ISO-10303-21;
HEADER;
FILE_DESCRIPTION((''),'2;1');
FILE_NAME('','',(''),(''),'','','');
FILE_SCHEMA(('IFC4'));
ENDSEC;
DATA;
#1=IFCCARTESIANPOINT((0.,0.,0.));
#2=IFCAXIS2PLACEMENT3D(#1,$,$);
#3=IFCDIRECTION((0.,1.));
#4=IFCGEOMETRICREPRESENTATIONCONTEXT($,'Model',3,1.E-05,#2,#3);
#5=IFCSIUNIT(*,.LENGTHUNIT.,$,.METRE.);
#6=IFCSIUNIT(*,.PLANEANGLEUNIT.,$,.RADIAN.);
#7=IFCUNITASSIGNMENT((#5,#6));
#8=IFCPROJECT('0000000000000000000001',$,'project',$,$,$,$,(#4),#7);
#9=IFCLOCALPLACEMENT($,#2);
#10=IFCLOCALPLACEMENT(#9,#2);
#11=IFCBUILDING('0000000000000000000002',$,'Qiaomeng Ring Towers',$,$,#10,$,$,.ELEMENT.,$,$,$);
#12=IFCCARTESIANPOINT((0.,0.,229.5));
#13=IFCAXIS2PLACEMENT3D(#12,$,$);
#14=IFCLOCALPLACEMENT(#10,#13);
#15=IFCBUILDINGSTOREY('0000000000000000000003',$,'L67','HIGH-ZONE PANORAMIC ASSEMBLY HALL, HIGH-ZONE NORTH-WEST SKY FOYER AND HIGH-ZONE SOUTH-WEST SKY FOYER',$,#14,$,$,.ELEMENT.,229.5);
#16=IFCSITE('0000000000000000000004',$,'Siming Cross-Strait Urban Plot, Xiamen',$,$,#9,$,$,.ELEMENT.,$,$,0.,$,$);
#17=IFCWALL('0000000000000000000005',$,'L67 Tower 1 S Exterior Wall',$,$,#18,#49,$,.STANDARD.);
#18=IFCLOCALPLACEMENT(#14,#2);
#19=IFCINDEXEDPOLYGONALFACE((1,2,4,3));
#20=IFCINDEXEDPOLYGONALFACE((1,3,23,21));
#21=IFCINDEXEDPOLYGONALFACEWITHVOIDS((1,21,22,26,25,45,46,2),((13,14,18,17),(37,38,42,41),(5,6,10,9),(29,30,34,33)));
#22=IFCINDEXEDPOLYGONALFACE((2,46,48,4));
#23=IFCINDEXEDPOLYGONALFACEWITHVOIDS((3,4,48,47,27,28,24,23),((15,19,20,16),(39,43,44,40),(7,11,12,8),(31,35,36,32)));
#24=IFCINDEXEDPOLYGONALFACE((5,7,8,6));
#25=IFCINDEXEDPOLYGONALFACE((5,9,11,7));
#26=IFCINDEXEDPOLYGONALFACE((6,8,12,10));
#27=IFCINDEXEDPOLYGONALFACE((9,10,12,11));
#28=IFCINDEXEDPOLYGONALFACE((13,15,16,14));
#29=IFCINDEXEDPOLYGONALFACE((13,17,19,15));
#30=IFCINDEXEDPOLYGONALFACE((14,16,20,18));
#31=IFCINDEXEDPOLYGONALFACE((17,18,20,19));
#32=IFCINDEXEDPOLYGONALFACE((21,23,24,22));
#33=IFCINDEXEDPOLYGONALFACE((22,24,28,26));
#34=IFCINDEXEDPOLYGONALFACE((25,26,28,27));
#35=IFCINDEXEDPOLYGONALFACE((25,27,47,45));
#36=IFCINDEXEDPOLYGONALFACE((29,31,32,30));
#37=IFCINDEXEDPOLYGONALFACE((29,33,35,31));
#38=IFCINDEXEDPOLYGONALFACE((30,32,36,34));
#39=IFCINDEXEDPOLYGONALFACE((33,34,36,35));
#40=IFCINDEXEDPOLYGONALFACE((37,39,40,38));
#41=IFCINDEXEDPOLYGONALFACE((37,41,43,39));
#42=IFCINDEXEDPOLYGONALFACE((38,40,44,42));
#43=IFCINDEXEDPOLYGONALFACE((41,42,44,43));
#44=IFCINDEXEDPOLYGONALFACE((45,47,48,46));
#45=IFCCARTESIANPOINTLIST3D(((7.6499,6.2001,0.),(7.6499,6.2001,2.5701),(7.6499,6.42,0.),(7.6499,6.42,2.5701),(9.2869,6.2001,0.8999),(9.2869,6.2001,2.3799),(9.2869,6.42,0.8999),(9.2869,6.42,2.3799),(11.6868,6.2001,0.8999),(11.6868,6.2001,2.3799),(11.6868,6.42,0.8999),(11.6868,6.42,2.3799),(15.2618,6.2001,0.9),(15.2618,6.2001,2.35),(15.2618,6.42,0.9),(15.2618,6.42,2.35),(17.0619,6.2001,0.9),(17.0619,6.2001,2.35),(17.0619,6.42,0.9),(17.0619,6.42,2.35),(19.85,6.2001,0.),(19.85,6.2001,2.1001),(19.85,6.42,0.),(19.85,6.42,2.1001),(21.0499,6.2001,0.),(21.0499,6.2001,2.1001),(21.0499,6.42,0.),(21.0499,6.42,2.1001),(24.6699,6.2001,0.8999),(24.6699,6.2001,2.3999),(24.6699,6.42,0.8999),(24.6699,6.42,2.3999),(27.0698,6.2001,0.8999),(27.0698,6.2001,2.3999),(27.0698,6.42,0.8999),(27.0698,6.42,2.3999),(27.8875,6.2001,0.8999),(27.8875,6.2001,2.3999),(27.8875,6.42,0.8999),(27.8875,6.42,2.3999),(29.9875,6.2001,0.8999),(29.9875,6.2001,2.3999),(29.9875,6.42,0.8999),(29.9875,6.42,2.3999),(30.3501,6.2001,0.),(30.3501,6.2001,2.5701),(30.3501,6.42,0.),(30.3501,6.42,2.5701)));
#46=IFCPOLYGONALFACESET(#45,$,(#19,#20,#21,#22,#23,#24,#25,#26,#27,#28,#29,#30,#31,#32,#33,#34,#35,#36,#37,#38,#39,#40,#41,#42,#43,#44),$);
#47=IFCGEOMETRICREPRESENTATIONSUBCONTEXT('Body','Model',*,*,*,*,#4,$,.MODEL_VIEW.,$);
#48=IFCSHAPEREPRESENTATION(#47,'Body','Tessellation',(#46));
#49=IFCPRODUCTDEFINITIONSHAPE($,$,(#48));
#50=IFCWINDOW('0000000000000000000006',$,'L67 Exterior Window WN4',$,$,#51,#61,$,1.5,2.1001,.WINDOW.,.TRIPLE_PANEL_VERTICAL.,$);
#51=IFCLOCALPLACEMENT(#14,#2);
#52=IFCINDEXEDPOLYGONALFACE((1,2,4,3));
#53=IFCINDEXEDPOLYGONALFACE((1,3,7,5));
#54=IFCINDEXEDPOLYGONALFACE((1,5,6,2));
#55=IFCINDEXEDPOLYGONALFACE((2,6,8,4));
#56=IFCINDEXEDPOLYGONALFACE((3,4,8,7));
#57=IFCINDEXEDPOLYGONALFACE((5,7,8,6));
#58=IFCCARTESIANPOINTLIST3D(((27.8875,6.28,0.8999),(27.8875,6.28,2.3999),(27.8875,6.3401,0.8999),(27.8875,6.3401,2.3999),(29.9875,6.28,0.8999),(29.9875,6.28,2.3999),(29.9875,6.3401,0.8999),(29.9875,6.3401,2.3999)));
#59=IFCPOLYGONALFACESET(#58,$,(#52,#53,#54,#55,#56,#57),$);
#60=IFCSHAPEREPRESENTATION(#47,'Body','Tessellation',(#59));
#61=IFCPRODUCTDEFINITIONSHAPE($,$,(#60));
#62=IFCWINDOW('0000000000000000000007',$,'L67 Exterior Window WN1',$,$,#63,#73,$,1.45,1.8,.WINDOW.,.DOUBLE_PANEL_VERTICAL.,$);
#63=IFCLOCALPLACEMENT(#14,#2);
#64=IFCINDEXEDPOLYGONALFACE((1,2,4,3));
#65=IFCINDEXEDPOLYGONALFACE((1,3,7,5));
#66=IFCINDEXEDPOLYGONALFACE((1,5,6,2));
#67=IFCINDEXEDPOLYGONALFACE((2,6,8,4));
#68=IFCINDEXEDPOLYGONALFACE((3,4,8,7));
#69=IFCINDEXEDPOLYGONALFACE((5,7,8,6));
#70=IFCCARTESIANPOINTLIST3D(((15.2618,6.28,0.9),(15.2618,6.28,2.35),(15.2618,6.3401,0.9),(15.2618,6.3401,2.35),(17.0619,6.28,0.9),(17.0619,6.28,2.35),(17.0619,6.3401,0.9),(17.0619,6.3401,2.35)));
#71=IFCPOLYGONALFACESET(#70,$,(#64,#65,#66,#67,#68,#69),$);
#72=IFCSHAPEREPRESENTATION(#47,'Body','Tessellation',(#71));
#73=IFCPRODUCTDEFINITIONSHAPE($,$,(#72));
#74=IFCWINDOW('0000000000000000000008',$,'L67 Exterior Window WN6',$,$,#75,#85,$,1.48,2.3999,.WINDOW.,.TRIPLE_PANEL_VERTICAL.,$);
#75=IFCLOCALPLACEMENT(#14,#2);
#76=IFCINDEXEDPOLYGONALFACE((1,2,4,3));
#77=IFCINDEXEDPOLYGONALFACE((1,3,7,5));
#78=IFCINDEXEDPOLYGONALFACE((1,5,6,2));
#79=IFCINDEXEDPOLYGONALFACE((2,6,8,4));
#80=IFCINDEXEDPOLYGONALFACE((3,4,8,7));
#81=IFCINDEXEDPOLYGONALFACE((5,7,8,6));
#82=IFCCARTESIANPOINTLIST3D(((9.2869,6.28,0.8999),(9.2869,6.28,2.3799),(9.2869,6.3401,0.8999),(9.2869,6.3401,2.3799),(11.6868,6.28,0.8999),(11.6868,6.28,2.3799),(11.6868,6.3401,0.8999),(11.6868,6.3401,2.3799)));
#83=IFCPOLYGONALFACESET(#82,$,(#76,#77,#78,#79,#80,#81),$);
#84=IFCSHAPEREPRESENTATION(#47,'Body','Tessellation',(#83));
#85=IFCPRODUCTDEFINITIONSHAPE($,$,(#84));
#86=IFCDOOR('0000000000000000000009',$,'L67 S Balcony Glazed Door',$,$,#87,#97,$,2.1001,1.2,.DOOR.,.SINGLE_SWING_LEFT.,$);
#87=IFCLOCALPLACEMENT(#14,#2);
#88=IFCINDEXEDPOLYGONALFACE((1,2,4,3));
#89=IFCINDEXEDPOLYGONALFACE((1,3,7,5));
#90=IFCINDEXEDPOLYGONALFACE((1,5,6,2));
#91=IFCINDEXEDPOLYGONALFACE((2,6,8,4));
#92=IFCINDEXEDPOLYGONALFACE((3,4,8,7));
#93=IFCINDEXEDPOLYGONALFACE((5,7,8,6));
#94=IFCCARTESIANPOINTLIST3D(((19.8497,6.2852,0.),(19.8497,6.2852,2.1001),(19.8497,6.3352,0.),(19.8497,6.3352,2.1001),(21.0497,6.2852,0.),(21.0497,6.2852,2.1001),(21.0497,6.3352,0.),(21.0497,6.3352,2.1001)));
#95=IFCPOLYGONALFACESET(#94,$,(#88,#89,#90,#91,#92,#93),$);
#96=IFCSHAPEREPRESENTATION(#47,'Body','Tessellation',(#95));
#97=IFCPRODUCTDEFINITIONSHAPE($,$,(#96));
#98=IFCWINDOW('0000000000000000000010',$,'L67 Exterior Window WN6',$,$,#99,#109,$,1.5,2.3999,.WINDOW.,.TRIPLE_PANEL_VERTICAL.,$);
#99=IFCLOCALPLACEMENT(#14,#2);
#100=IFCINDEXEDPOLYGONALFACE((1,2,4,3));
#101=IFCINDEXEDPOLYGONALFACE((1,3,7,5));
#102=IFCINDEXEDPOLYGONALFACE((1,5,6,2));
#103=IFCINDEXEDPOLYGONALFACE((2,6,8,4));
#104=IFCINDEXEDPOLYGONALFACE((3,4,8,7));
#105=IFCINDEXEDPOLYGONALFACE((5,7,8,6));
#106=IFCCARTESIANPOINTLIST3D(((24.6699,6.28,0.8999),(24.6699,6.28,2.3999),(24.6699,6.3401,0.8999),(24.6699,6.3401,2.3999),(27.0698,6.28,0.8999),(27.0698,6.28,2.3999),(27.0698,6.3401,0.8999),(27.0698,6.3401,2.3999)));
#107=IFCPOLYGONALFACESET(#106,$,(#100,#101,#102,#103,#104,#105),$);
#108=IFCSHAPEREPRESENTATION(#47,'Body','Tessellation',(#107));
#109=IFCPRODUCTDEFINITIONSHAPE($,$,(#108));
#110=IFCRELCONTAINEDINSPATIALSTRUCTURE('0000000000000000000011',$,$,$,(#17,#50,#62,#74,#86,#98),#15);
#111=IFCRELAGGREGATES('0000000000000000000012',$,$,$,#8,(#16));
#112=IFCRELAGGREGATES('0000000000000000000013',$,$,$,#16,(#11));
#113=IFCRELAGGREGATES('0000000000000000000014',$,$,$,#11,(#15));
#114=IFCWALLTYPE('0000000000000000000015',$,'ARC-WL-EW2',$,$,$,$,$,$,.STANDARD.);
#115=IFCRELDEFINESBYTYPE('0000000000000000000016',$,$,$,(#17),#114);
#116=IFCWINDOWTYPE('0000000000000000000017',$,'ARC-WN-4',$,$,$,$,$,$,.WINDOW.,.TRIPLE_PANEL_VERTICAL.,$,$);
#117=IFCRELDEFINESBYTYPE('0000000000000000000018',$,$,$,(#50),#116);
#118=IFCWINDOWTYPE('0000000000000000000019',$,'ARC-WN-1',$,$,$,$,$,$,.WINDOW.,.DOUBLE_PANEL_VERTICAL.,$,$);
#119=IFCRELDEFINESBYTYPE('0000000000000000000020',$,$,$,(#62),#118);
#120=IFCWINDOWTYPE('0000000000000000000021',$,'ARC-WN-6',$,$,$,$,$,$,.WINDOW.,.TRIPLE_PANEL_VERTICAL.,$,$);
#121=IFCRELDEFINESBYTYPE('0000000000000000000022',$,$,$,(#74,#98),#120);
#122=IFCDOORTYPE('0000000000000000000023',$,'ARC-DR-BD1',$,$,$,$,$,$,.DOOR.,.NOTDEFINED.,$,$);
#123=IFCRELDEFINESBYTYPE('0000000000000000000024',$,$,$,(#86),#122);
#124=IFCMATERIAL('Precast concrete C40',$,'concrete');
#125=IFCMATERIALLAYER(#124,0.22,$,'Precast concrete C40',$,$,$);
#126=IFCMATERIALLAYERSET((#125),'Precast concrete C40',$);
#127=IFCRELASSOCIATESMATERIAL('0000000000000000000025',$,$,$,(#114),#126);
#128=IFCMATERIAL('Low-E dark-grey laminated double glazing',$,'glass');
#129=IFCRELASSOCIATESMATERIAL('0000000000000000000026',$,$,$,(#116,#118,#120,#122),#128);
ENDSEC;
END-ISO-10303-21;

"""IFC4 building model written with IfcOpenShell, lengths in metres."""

from ifc_helpers import new_model, si_unit, direction, frame, frame_2d, origin, place, context, subcontext, project, spatial, rectangle, extrude, source, transform, mapped, material, layer, layer_set, type_object, element, fill, save


model = new_model("IFC4")

# Units and contexts
model_context = context("Model", 3, precision=1e-05, world=origin(), true_north=direction((0.0, 1.0)))
body_context = subcontext(model_context, "Body", "Model", "MODEL_VIEW")
ifc_project = project(units=[si_unit("LENGTHUNIT", "METRE"), si_unit("PLANEANGLEUNIT", "RADIAN")], contexts=[model_context])

# Site, building, storey
site_placement = place(None, origin())
site = spatial("IfcSite", under=ifc_project, at=site_placement, Name="Siming Cross-Strait Urban Plot, Xiamen", CompositionType="ELEMENT", RefElevation=0.0)
building_placement = place(site_placement, origin())
building = spatial("IfcBuilding", under=site, at=building_placement, Name="Qiaomeng Ring Towers", CompositionType="ELEMENT")
storey_placement = place(building_placement, frame((0.0, 0.0, 229.5)))
storey = spatial("IfcBuildingStorey", under=building, at=storey_placement, Name="L67", Description="HIGH-ZONE PANORAMIC ASSEMBLY HALL, HIGH-ZONE NORTH-WEST SKY FOYER AND HIGH-ZONE SOUTH-WEST SKY FOYER", CompositionType="ELEMENT", Elevation=229.5)

# Shared definitions
ifc_material_1 = material(Name="Low-E dark-grey laminated double glazing", Category="glass")

# Wall, openings, windows, door
ifc_material_2 = material(Name="Precast concrete C40", Category="concrete")
ifc_layer_1 = layer(ifc_material_2, 0.22, Name="Precast concrete C40")
ifc_layer_set_1 = layer_set([ifc_layer_1], Name="Precast concrete C40")
wall_type = type_object("IfcWallType", Name="ARC-WL-EW2", PredefinedType="STANDARD", material=ifc_layer_set_1)
wall_placement = place(storey_placement, frame((7.6499, 6.3101, 0.0), z_axis=(0.0, 0.0, 1.0), x_axis=(1.0, 0.0, 0.0)))
wall = element("IfcWall", 1, at=wall_placement, inside=storey, type_object=wall_type, Name="L67 Tower 1 S Exterior Wall", PredefinedType="STANDARD", context=body_context, shape_type="SweptSolid", body=[
    extrude(rectangle(XDim=22.7002, YDim=0.22, at=frame_2d((11.3501, 0.0))), origin(), (0.0, 0.0, 1.0), 2.5701),
])
opening_1_placement = place(wall_placement, frame((12.2, 0.0, 0.0)))
opening_1 = element("IfcOpeningElement", 2, at=opening_1_placement, cuts=wall, PredefinedType="OPENING", context=body_context, shape_type="SweptSolid", body=[
    extrude(rectangle(XDim=1.2, YDim=2.1001, at=frame_2d((0.6001, 1.05))), frame((0.0, 0.1199, 0.0), z_axis=(0.0, -1.0, 0.0), x_axis=(1.0, 0.0, 0.0)), (0.0, 0.0, 1.0), 0.24),
])
opening_2_placement = place(wall_placement, frame((1.637, 0.0, 0.8999)))
opening_2 = element("IfcOpeningElement", 3, at=opening_2_placement, cuts=wall, PredefinedType="OPENING", context=body_context, shape_type="SweptSolid", body=[
    extrude(rectangle(XDim=2.3999, YDim=1.48, at=frame_2d((1.2, 0.74))), frame((0.0, 0.1199, 0.0), z_axis=(0.0, -1.0, 0.0), x_axis=(1.0, 0.0, 0.0)), (0.0, 0.0, 1.0), 0.24),
])
opening_3_placement = place(wall_placement, frame((7.6121, 0.0, 0.8999)))
opening_3 = element("IfcOpeningElement", 4, at=opening_3_placement, cuts=wall, PredefinedType="OPENING", context=body_context, shape_type="SweptSolid", body=[
    extrude(rectangle(XDim=1.8, YDim=1.45, at=frame_2d((0.8999, 0.7251))), frame((0.0, 0.1199, 0.0), z_axis=(0.0, -1.0, 0.0), x_axis=(1.0, 0.0, 0.0)), (0.0, 0.0, 1.0), 0.24),
])
opening_4_placement = place(wall_placement, frame((20.2375, 0.0, 0.8999)))
opening_4 = element("IfcOpeningElement", 5, at=opening_4_placement, cuts=wall, PredefinedType="OPENING", context=body_context, shape_type="SweptSolid", body=[
    extrude(rectangle(XDim=2.1001, YDim=1.5, at=frame_2d((1.05, 0.75))), frame((0.0, 0.1199, 0.0), z_axis=(0.0, -1.0, 0.0), x_axis=(1.0, 0.0, 0.0)), (0.0, 0.0, 1.0), 0.24),
])
opening_5_placement = place(wall_placement, frame((17.02, 0.0, 0.8999)))
opening_5 = element("IfcOpeningElement", 6, at=opening_5_placement, cuts=wall, PredefinedType="OPENING", context=body_context, shape_type="SweptSolid", body=[
    extrude(rectangle(XDim=2.3999, YDim=1.5, at=frame_2d((1.2, 0.75))), frame((0.0, 0.1199, 0.0), z_axis=(0.0, -1.0, 0.0), x_axis=(1.0, 0.0, 0.0)), (0.0, 0.0, 1.0), 0.24),
])
window_type_1 = type_object("IfcWindowType", Name="ARC-WN-4", PartitioningType="TRIPLE_PANEL_VERTICAL", PredefinedType="WINDOW", material=ifc_material_1)
shared_shape_1 = source(origin(), body_context, "Body", "SweptSolid", [
    extrude(rectangle(XDim=2.1001, YDim=1.5, at=frame_2d((1.05, 0.75))), frame((0.0, 0.03, 0.0), z_axis=(0.0, -1.0, 0.0), x_axis=(1.0, 0.0, 0.0)), (0.0, 0.0, 1.0), 0.0601),
])
window_1_placement = place(opening_4_placement, origin())
window_1 = element("IfcWindow", 7, at=window_1_placement, inside=storey, type_object=window_type_1, Name="L67 Exterior Window WN4", OverallHeight=1.5, OverallWidth=2.1001, PartitioningType="TRIPLE_PANEL_VERTICAL", PredefinedType="WINDOW", context=body_context, shape_type="MappedRepresentation", body=[
    mapped(shared_shape_1, transform((0.0, 0.0, 0.0), x_axis=(1.0, 0.0, 0.0), y_axis=(0.0, 1.0, 0.0), z_axis=(0.0, 0.0, 1.0), scale=1.0)),
])
fill(opening_4, window_1)
window_type_2 = type_object("IfcWindowType", Name="ARC-WN-1", PartitioningType="DOUBLE_PANEL_VERTICAL", PredefinedType="WINDOW", material=ifc_material_1)
shared_shape_2 = source(origin(), body_context, "Body", "SweptSolid", [
    extrude(rectangle(XDim=1.8, YDim=1.45, at=frame_2d((0.8999, 0.7251))), frame((0.0, 0.03, 0.0), z_axis=(0.0, -1.0, 0.0), x_axis=(1.0, 0.0, 0.0)), (0.0, 0.0, 1.0), 0.0601),
])
window_2_placement = place(opening_3_placement, origin())
window_2 = element("IfcWindow", 8, at=window_2_placement, inside=storey, type_object=window_type_2, Name="L67 Exterior Window WN1", OverallHeight=1.45, OverallWidth=1.8, PartitioningType="DOUBLE_PANEL_VERTICAL", PredefinedType="WINDOW", context=body_context, shape_type="MappedRepresentation", body=[
    mapped(shared_shape_2, transform((0.0, 0.0, 0.0), x_axis=(1.0, 0.0, 0.0), y_axis=(0.0, 1.0, 0.0), z_axis=(0.0, 0.0, 1.0), scale=1.0)),
])
fill(opening_3, window_2)
window_type_3 = type_object("IfcWindowType", Name="ARC-WN-6", PartitioningType="TRIPLE_PANEL_VERTICAL", PredefinedType="WINDOW", material=ifc_material_1)
shared_shape_3 = source(origin(), body_context, "Body", "SweptSolid", [
    extrude(rectangle(XDim=2.3999, YDim=1.48, at=frame_2d((1.2, 0.74))), frame((0.0, 0.03, 0.0), z_axis=(0.0, -1.0, 0.0), x_axis=(1.0, 0.0, 0.0)), (0.0, 0.0, 1.0), 0.0601),
])
window_3_placement = place(opening_2_placement, origin())
window_3 = element("IfcWindow", 9, at=window_3_placement, inside=storey, type_object=window_type_3, Name="L67 Exterior Window WN6", OverallHeight=1.48, OverallWidth=2.3999, PartitioningType="TRIPLE_PANEL_VERTICAL", PredefinedType="WINDOW", context=body_context, shape_type="MappedRepresentation", body=[
    mapped(shared_shape_3, transform((0.0, 0.0, 0.0), x_axis=(1.0, 0.0, 0.0), y_axis=(0.0, 1.0, 0.0), z_axis=(0.0, 0.0, 1.0), scale=1.0)),
])
fill(opening_2, window_3)
door_type = type_object("IfcDoorType", Name="ARC-DR-BD1", OperationType="NOTDEFINED", PredefinedType="DOOR", material=ifc_material_1)
shared_shape_4 = source(origin(), body_context, "Body", "SweptSolid", [
    extrude(rectangle(XDim=1.2, YDim=2.1001, at=frame_2d((0.6001, 1.05))), frame((0.0, 0.0249, 0.0), z_axis=(0.0, -1.0, 0.0), x_axis=(1.0, 0.0, 0.0)), (0.0, 0.0, 1.0), 0.05),
])
door_placement = place(opening_1_placement, frame((1.2, 0.0, 0.0), z_axis=(0.0, 0.0, 1.0), x_axis=(-1.0, 0.0, 0.0)))
door = element("IfcDoor", 10, at=door_placement, inside=storey, type_object=door_type, Name="L67 S Balcony Glazed Door", OperationType="SINGLE_SWING_LEFT", OverallHeight=2.1001, OverallWidth=1.2, PredefinedType="DOOR", context=body_context, shape_type="MappedRepresentation", body=[
    mapped(shared_shape_4, transform((0.0, 0.0, 0.0), x_axis=(1.0, 0.0, 0.0), y_axis=(0.0, 1.0, 0.0), z_axis=(0.0, 0.0, 1.0), scale=1.0)),
])
fill(opening_1, door)
shared_shape_5 = source(origin(), body_context, "Body", "SweptSolid", [
    extrude(rectangle(XDim=2.3999, YDim=1.5, at=frame_2d((1.2, 0.75))), frame((0.0, 0.03, 0.0), z_axis=(0.0, -1.0, 0.0), x_axis=(1.0, 0.0, 0.0)), (0.0, 0.0, 1.0), 0.0601),
])
window_4_placement = place(opening_5_placement, origin())
window_4 = element("IfcWindow", 11, at=window_4_placement, inside=storey, type_object=window_type_3, Name="L67 Exterior Window WN6", OverallHeight=1.5, OverallWidth=2.3999, PartitioningType="TRIPLE_PANEL_VERTICAL", PredefinedType="WINDOW", context=body_context, shape_type="MappedRepresentation", body=[
    mapped(shared_shape_5, transform((0.0, 0.0, 0.0), x_axis=(1.0, 0.0, 0.0), y_axis=(0.0, 1.0, 0.0), z_axis=(0.0, 0.0, 1.0), scale=1.0)),
])
fill(opening_5, window_4)

save(model, "model.ifc")
